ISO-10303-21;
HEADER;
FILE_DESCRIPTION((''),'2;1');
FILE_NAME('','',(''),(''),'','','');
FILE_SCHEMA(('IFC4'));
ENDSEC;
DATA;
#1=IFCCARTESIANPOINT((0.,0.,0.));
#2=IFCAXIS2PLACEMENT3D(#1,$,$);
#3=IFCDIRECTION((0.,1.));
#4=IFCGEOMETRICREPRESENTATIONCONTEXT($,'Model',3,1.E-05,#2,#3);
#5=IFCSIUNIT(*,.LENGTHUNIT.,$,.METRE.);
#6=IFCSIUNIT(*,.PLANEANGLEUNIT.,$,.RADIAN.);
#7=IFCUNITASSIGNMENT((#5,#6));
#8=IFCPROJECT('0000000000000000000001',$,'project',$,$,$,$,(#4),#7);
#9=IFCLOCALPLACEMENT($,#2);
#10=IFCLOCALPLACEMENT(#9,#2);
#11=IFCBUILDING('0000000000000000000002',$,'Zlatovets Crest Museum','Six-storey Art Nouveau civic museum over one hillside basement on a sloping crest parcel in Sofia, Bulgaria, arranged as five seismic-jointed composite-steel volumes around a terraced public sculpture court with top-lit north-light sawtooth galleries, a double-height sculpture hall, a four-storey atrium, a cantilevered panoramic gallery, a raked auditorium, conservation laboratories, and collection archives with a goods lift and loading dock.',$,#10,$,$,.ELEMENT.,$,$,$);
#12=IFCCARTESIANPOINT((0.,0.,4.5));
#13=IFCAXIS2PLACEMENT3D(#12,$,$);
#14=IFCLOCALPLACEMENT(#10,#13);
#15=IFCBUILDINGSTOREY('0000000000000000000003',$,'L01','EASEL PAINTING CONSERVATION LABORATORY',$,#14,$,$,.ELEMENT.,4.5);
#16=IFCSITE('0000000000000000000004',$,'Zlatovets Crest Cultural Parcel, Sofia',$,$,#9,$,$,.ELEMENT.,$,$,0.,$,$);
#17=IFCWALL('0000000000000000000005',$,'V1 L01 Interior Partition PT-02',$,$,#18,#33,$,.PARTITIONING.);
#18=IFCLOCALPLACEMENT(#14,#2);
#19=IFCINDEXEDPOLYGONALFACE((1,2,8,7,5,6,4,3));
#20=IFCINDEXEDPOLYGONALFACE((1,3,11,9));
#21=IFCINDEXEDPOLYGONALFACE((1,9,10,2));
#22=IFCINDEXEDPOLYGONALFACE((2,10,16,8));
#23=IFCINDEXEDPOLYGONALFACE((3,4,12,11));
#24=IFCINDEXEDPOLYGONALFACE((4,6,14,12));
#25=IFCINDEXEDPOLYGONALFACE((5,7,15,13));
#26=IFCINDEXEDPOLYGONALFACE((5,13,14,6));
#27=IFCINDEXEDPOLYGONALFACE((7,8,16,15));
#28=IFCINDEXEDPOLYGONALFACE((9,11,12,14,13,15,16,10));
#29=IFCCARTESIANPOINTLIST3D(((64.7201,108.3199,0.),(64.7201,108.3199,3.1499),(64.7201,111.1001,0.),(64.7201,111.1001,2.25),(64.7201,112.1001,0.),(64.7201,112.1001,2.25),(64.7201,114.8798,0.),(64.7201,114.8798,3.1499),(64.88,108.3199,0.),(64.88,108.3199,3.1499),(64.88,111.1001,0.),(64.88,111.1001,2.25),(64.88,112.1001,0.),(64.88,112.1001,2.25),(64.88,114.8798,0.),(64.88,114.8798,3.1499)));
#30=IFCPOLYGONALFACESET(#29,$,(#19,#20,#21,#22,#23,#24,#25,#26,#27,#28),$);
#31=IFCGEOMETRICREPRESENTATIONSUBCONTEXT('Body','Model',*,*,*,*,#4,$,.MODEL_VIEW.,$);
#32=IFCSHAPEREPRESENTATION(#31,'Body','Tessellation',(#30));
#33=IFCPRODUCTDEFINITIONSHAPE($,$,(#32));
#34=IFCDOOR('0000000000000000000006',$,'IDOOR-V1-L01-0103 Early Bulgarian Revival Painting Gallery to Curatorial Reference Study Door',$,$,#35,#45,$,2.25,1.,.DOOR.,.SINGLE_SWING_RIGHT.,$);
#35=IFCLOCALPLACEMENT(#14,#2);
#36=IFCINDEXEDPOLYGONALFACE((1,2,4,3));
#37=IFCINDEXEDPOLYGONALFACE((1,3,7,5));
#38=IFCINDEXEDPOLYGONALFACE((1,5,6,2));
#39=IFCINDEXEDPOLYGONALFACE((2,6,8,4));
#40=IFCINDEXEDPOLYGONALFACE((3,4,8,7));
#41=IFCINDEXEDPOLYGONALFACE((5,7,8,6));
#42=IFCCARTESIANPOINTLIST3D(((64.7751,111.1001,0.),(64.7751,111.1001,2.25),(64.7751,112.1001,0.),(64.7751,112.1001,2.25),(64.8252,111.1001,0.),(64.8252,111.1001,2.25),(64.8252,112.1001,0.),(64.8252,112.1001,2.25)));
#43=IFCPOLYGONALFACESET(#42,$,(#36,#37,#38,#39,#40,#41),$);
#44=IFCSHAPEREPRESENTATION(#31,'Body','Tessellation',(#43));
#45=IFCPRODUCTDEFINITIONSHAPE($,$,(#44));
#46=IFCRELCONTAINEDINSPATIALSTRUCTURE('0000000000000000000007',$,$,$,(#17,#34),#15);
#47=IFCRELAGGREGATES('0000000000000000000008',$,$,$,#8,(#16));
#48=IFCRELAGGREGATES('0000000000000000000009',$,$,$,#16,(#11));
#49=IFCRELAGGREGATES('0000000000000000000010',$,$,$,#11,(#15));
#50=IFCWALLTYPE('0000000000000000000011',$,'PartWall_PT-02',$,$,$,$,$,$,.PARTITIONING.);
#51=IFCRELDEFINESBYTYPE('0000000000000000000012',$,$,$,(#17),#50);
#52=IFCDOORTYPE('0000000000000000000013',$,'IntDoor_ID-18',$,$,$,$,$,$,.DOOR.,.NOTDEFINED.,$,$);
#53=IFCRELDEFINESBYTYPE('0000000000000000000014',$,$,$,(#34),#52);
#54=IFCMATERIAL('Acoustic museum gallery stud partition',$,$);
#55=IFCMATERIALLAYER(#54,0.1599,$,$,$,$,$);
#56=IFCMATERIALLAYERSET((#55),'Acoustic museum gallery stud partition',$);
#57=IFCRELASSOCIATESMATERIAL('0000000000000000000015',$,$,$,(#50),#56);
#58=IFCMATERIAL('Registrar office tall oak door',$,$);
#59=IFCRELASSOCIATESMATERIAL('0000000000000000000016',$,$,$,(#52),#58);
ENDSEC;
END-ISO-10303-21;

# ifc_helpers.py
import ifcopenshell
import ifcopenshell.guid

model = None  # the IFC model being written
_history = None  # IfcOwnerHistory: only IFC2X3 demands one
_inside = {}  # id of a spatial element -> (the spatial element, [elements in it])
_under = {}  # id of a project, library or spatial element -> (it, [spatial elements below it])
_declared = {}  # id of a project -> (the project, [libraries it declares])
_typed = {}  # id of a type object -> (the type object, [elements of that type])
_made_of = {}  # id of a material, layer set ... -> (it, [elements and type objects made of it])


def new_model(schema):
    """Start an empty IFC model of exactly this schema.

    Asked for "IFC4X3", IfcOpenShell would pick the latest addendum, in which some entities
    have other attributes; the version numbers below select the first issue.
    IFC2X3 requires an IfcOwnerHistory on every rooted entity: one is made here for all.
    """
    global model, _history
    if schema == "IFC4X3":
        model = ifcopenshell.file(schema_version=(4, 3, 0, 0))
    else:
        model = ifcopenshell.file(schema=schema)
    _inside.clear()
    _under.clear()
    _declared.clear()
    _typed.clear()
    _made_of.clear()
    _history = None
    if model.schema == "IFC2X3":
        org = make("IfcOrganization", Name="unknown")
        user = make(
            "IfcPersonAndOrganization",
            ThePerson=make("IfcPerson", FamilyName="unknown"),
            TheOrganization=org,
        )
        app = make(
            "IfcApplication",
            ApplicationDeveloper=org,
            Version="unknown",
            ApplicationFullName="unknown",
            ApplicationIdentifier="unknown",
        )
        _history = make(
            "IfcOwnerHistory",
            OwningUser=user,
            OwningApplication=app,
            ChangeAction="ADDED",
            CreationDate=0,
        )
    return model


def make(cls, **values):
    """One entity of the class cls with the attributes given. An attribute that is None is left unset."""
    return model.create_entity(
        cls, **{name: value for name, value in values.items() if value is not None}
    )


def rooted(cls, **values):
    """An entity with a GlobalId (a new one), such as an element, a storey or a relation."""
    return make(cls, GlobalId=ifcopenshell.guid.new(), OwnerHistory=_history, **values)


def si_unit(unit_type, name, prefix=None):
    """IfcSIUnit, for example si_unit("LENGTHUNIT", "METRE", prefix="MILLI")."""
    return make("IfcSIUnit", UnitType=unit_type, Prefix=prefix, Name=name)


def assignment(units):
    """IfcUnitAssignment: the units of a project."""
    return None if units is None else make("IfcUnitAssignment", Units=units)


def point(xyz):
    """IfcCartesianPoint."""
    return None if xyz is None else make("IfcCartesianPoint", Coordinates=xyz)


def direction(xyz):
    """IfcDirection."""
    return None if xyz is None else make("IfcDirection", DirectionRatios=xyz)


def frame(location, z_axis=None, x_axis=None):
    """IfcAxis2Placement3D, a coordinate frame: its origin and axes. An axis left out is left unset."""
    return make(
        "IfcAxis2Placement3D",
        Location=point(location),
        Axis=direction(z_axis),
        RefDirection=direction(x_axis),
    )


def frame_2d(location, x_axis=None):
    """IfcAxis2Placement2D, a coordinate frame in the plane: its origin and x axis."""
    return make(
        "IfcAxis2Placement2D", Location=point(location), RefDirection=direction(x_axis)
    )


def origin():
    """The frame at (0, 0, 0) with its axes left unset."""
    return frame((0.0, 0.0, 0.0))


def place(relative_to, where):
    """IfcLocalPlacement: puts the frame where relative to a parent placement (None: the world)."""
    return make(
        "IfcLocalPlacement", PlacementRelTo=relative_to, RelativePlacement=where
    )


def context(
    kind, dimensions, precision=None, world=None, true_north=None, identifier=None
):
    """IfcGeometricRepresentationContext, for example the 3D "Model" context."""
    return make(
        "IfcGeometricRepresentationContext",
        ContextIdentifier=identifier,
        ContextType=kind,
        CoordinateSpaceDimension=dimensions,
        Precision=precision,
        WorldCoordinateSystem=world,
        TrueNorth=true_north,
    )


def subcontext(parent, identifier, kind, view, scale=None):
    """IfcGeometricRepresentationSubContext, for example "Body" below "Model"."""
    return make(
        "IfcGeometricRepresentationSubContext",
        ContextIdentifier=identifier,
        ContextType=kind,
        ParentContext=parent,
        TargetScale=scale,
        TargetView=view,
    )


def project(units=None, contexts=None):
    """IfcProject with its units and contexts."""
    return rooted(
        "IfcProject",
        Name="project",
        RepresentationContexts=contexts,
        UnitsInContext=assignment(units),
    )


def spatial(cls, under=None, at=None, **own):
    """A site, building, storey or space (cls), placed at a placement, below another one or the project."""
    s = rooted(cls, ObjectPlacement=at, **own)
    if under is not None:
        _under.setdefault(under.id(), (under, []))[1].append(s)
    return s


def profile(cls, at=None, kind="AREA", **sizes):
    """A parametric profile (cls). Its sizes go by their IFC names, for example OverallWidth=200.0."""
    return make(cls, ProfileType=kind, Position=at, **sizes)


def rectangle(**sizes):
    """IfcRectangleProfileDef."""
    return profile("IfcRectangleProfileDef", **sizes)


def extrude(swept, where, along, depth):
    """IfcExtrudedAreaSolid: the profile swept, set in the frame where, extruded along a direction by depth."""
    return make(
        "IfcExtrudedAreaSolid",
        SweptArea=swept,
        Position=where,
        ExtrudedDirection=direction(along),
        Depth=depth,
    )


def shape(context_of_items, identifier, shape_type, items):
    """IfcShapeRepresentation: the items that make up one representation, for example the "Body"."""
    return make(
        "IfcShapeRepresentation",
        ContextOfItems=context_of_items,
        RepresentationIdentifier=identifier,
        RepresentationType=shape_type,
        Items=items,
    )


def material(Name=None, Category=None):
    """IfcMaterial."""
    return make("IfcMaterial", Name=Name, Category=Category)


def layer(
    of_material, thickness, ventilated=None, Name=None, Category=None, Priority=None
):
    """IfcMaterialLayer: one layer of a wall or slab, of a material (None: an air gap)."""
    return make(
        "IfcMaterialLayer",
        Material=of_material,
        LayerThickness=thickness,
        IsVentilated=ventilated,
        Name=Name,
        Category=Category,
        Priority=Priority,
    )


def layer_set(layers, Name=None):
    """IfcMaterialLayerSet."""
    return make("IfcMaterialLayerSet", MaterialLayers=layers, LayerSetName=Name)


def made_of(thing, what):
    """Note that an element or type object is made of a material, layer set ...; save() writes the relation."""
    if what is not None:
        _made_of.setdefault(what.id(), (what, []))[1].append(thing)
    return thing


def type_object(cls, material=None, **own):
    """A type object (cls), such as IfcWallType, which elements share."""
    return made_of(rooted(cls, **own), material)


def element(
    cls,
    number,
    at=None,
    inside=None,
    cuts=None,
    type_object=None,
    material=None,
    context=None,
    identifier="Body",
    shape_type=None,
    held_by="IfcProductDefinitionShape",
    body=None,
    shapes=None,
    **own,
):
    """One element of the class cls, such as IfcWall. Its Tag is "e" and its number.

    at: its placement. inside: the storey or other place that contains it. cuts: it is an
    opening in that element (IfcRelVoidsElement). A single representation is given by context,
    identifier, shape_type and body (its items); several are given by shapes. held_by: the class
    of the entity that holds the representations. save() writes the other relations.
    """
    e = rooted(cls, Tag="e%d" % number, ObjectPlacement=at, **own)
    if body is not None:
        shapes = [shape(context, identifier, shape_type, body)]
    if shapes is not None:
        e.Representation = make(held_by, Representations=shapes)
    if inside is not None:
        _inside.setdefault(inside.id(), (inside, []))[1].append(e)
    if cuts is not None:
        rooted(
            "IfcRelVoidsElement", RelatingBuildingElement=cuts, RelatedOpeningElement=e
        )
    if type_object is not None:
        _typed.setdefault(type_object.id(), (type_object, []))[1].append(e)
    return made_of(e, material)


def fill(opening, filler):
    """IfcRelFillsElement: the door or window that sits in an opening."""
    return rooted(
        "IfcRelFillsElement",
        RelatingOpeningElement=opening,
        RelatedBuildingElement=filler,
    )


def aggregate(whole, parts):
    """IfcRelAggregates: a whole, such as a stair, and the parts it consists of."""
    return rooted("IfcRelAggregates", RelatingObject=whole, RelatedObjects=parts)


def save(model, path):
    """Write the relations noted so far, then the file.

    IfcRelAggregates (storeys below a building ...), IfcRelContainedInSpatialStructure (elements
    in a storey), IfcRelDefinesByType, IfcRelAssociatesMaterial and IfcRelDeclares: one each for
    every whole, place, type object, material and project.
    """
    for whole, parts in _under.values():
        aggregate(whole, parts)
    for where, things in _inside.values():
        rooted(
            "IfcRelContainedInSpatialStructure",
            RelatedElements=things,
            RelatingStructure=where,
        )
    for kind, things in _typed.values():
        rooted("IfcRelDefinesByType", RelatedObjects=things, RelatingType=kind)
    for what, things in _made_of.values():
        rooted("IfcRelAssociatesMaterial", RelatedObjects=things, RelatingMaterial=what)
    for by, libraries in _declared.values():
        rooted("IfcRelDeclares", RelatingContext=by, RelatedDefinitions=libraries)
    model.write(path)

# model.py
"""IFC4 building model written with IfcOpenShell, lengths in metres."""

from ifc_helpers import new_model, si_unit, direction, frame, frame_2d, origin, place, context, subcontext, project, spatial, rectangle, extrude, material, layer, layer_set, type_object, element, fill, save


model = new_model("IFC4")

# Units and contexts
model_context = context("Model", 3, precision=1e-05, world=origin(), true_north=direction((0.0, 1.0)))
body_context = subcontext(model_context, "Body", "Model", "MODEL_VIEW")
ifc_project = project(units=[si_unit("LENGTHUNIT", "METRE"), si_unit("PLANEANGLEUNIT", "RADIAN")], contexts=[model_context])

# Site, building, storey
site_placement = place(None, origin())
site = spatial("IfcSite", under=ifc_project, at=site_placement, Name="Zlatovets Crest Cultural Parcel, Sofia", CompositionType="ELEMENT", RefElevation=0.0)
building_placement = place(site_placement, origin())
building = spatial("IfcBuilding", under=site, at=building_placement, Name="Zlatovets Crest Museum", Description="Six-storey Art Nouveau civic museum over one hillside basement on a sloping crest parcel in Sofia, Bulgaria, arranged as five seismic-jointed composite-steel volumes around a terraced public sculpture court with top-lit north-light sawtooth galleries, a double-height sculpture hall, a four-storey atrium, a cantilevered panoramic gallery, a raked auditorium, conservation laboratories, and collection archives with a goods lift and loading dock.", CompositionType="ELEMENT")
storey_placement = place(building_placement, frame((0.0, 0.0, 4.5)))
storey = spatial("IfcBuildingStorey", under=building, at=storey_placement, Name="L01", Description="EASEL PAINTING CONSERVATION LABORATORY", CompositionType="ELEMENT", Elevation=4.5)

# Wall, opening, door
ifc_material_1 = material(Name="Acoustic museum gallery stud partition")
ifc_layer_1 = layer(ifc_material_1, 0.1599)
ifc_layer_set_1 = layer_set([ifc_layer_1], Name="Acoustic museum gallery stud partition")
wall_type_1 = type_object("IfcWallType", Name="PartWall_PT-02", PredefinedType="PARTITIONING", material=ifc_layer_set_1)
wall_1_placement = place(storey_placement, frame((64.8, 108.3201, 0.0), z_axis=(0.0, 0.0, 1.0), x_axis=(0.0, 1.0, 0.0)))
wall_1 = element("IfcWall", 1, at=wall_1_placement, inside=storey, type_object=wall_type_1, Name="V1 L01 Interior Partition PT-02", PredefinedType="PARTITIONING", context=body_context, shape_type="SweptSolid", body=[
    extrude(rectangle(XDim=6.5598, YDim=0.1599, at=frame_2d((3.2798, 0.0))), origin(), (0.0, 0.0, 1.0), 3.1499),
])
opening_1_placement = place(wall_1_placement, frame((2.78, 0.0, 0.0)))
opening_1 = element("IfcOpeningElement", 2, at=opening_1_placement, cuts=wall_1, PredefinedType="OPENING", context=body_context, shape_type="SweptSolid", body=[
    extrude(rectangle(XDim=1.0, YDim=2.25, at=frame_2d((0.5, 1.125))), frame((0.0, 0.0898, 0.0), z_axis=(0.0, -1.0, 0.0), x_axis=(1.0, 0.0, 0.0)), (0.0, 0.0, 1.0), 0.1799),
])
ifc_material_2 = material(Name="Registrar office tall oak door")
door_type_1 = type_object("IfcDoorType", Name="IntDoor_ID-18", OperationType="NOTDEFINED", PredefinedType="DOOR", material=ifc_material_2)
door_1_placement = place(opening_1_placement, origin())
door_1 = element("IfcDoor", 3, at=door_1_placement, inside=storey, type_object=door_type_1, Name="IDOOR-V1-L01-0103 Early Bulgarian Revival Painting Gallery to Curatorial Reference Study Door", OperationType="SINGLE_SWING_RIGHT", OverallHeight=2.25, OverallWidth=1.0, PredefinedType="DOOR", context=body_context, shape_type="SweptSolid", body=[
    extrude(rectangle(XDim=1.0, YDim=2.25, at=frame_2d((0.5, 1.125))), frame((0.0, 0.0249, 0.0), z_axis=(0.0, -1.0, 0.0), x_axis=(1.0, 0.0, 0.0)), (0.0, 0.0, 1.0), 0.05),
])
fill(opening_1, door_1)

save(model, "model.ifc")
